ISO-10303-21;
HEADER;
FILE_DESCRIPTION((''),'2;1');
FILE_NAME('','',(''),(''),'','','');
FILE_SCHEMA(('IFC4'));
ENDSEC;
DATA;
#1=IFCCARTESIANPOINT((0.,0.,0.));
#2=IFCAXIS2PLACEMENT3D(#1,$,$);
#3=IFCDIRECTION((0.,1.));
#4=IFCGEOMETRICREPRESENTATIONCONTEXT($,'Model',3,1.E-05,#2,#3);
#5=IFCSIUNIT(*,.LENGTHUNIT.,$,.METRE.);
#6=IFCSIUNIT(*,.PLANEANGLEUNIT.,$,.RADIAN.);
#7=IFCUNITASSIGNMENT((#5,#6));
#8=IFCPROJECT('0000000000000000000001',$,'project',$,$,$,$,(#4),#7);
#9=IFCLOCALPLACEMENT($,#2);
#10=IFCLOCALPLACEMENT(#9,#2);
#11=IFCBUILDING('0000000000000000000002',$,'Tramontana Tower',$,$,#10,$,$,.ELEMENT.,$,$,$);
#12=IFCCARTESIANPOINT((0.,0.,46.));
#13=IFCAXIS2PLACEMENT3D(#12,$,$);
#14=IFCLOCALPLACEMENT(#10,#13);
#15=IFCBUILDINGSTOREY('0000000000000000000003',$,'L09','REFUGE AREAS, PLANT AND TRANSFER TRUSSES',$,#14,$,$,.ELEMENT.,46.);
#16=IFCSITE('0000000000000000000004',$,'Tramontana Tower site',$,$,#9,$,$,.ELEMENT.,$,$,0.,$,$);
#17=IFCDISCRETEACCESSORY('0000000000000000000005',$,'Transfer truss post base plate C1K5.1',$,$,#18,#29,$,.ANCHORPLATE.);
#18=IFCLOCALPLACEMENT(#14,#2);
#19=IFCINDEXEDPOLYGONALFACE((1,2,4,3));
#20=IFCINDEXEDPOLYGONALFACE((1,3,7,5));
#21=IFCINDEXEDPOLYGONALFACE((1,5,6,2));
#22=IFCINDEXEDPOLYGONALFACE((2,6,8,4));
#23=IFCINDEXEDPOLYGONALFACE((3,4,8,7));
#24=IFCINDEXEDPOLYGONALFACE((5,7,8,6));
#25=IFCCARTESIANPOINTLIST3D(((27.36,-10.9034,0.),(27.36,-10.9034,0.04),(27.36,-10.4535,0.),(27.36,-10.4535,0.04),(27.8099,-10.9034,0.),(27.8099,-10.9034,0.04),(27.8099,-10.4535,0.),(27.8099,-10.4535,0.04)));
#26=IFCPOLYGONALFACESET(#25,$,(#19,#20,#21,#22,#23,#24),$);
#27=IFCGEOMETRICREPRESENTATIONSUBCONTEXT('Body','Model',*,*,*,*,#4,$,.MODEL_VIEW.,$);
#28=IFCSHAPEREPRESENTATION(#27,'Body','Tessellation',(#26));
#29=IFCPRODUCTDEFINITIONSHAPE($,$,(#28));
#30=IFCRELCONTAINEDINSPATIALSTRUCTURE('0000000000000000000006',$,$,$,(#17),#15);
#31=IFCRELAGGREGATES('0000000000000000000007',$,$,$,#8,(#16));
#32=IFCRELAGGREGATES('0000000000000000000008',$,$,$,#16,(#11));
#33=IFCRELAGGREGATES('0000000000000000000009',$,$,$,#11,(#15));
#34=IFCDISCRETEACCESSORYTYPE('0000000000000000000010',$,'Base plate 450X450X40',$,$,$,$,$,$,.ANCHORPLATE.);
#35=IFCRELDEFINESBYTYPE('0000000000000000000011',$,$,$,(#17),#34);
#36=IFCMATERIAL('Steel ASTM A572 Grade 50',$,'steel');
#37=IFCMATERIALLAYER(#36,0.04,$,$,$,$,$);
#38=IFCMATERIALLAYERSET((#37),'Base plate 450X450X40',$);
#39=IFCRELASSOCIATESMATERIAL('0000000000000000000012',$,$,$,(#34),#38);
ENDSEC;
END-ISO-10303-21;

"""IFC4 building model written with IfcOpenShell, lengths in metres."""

from ifc_helpers import new_model, si_unit, direction, frame, origin, origin_2d, place, context, subcontext, project, spatial, rectangle, extrude, material, layer, layer_set, type_object, element, save


model = new_model("IFC4")

# Units and contexts
model_context = context("Model", 3, precision=1e-05, world=origin(), true_north=direction((0.0, 1.0)))
body_context = subcontext(model_context, "Body", "Model", "MODEL_VIEW")
ifc_project = project(units=[si_unit("LENGTHUNIT", "METRE"), si_unit("PLANEANGLEUNIT", "RADIAN")], contexts=[model_context])

# Site, building, storey
site_placement = place(None, origin())
site = spatial("IfcSite", under=ifc_project, at=site_placement, Name="Tramontana Tower site", CompositionType="ELEMENT", RefElevation=0.0)
building_placement = place(site_placement, origin())
building = spatial("IfcBuilding", under=site, at=building_placement, Name="Tramontana Tower", CompositionType="ELEMENT")
storey_placement = place(building_placement, frame((0.0, 0.0, 46.0)))
storey = spatial("IfcBuildingStorey", under=building, at=storey_placement, Name="L09", Description="REFUGE AREAS, PLANT AND TRANSFER TRUSSES", CompositionType="ELEMENT", Elevation=46.0)

# Discrete accessory
ifc_material_1 = material(Name="Steel ASTM A572 Grade 50", Category="steel")
ifc_layer = layer(ifc_material_1, 0.04)
ifc_layer_set = layer_set([ifc_layer], Name="Base plate 450X450X40")
discrete_accessory_type = type_object("IfcDiscreteAccessoryType", Name="Base plate 450X450X40", PredefinedType="ANCHORPLATE", material=ifc_layer_set)
discrete_accessory_placement = place(storey_placement, frame((27.585, -10.6785, 0.0), z_axis=(0.0, 0.0, 1.0), x_axis=(1.0, 0.0, 0.0)))
element("IfcDiscreteAccessory", 1, at=discrete_accessory_placement, inside=storey, type_object=discrete_accessory_type, Name="Transfer truss post base plate C1K5.1", PredefinedType="ANCHORPLATE", context=body_context, shape_type="SweptSolid", body=[
    extrude(rectangle(XDim=0.45, YDim=0.45, at=origin_2d()), origin(), (0.0, 0.0, 1.0), 0.04),
])

save(model, "model.ifc")
